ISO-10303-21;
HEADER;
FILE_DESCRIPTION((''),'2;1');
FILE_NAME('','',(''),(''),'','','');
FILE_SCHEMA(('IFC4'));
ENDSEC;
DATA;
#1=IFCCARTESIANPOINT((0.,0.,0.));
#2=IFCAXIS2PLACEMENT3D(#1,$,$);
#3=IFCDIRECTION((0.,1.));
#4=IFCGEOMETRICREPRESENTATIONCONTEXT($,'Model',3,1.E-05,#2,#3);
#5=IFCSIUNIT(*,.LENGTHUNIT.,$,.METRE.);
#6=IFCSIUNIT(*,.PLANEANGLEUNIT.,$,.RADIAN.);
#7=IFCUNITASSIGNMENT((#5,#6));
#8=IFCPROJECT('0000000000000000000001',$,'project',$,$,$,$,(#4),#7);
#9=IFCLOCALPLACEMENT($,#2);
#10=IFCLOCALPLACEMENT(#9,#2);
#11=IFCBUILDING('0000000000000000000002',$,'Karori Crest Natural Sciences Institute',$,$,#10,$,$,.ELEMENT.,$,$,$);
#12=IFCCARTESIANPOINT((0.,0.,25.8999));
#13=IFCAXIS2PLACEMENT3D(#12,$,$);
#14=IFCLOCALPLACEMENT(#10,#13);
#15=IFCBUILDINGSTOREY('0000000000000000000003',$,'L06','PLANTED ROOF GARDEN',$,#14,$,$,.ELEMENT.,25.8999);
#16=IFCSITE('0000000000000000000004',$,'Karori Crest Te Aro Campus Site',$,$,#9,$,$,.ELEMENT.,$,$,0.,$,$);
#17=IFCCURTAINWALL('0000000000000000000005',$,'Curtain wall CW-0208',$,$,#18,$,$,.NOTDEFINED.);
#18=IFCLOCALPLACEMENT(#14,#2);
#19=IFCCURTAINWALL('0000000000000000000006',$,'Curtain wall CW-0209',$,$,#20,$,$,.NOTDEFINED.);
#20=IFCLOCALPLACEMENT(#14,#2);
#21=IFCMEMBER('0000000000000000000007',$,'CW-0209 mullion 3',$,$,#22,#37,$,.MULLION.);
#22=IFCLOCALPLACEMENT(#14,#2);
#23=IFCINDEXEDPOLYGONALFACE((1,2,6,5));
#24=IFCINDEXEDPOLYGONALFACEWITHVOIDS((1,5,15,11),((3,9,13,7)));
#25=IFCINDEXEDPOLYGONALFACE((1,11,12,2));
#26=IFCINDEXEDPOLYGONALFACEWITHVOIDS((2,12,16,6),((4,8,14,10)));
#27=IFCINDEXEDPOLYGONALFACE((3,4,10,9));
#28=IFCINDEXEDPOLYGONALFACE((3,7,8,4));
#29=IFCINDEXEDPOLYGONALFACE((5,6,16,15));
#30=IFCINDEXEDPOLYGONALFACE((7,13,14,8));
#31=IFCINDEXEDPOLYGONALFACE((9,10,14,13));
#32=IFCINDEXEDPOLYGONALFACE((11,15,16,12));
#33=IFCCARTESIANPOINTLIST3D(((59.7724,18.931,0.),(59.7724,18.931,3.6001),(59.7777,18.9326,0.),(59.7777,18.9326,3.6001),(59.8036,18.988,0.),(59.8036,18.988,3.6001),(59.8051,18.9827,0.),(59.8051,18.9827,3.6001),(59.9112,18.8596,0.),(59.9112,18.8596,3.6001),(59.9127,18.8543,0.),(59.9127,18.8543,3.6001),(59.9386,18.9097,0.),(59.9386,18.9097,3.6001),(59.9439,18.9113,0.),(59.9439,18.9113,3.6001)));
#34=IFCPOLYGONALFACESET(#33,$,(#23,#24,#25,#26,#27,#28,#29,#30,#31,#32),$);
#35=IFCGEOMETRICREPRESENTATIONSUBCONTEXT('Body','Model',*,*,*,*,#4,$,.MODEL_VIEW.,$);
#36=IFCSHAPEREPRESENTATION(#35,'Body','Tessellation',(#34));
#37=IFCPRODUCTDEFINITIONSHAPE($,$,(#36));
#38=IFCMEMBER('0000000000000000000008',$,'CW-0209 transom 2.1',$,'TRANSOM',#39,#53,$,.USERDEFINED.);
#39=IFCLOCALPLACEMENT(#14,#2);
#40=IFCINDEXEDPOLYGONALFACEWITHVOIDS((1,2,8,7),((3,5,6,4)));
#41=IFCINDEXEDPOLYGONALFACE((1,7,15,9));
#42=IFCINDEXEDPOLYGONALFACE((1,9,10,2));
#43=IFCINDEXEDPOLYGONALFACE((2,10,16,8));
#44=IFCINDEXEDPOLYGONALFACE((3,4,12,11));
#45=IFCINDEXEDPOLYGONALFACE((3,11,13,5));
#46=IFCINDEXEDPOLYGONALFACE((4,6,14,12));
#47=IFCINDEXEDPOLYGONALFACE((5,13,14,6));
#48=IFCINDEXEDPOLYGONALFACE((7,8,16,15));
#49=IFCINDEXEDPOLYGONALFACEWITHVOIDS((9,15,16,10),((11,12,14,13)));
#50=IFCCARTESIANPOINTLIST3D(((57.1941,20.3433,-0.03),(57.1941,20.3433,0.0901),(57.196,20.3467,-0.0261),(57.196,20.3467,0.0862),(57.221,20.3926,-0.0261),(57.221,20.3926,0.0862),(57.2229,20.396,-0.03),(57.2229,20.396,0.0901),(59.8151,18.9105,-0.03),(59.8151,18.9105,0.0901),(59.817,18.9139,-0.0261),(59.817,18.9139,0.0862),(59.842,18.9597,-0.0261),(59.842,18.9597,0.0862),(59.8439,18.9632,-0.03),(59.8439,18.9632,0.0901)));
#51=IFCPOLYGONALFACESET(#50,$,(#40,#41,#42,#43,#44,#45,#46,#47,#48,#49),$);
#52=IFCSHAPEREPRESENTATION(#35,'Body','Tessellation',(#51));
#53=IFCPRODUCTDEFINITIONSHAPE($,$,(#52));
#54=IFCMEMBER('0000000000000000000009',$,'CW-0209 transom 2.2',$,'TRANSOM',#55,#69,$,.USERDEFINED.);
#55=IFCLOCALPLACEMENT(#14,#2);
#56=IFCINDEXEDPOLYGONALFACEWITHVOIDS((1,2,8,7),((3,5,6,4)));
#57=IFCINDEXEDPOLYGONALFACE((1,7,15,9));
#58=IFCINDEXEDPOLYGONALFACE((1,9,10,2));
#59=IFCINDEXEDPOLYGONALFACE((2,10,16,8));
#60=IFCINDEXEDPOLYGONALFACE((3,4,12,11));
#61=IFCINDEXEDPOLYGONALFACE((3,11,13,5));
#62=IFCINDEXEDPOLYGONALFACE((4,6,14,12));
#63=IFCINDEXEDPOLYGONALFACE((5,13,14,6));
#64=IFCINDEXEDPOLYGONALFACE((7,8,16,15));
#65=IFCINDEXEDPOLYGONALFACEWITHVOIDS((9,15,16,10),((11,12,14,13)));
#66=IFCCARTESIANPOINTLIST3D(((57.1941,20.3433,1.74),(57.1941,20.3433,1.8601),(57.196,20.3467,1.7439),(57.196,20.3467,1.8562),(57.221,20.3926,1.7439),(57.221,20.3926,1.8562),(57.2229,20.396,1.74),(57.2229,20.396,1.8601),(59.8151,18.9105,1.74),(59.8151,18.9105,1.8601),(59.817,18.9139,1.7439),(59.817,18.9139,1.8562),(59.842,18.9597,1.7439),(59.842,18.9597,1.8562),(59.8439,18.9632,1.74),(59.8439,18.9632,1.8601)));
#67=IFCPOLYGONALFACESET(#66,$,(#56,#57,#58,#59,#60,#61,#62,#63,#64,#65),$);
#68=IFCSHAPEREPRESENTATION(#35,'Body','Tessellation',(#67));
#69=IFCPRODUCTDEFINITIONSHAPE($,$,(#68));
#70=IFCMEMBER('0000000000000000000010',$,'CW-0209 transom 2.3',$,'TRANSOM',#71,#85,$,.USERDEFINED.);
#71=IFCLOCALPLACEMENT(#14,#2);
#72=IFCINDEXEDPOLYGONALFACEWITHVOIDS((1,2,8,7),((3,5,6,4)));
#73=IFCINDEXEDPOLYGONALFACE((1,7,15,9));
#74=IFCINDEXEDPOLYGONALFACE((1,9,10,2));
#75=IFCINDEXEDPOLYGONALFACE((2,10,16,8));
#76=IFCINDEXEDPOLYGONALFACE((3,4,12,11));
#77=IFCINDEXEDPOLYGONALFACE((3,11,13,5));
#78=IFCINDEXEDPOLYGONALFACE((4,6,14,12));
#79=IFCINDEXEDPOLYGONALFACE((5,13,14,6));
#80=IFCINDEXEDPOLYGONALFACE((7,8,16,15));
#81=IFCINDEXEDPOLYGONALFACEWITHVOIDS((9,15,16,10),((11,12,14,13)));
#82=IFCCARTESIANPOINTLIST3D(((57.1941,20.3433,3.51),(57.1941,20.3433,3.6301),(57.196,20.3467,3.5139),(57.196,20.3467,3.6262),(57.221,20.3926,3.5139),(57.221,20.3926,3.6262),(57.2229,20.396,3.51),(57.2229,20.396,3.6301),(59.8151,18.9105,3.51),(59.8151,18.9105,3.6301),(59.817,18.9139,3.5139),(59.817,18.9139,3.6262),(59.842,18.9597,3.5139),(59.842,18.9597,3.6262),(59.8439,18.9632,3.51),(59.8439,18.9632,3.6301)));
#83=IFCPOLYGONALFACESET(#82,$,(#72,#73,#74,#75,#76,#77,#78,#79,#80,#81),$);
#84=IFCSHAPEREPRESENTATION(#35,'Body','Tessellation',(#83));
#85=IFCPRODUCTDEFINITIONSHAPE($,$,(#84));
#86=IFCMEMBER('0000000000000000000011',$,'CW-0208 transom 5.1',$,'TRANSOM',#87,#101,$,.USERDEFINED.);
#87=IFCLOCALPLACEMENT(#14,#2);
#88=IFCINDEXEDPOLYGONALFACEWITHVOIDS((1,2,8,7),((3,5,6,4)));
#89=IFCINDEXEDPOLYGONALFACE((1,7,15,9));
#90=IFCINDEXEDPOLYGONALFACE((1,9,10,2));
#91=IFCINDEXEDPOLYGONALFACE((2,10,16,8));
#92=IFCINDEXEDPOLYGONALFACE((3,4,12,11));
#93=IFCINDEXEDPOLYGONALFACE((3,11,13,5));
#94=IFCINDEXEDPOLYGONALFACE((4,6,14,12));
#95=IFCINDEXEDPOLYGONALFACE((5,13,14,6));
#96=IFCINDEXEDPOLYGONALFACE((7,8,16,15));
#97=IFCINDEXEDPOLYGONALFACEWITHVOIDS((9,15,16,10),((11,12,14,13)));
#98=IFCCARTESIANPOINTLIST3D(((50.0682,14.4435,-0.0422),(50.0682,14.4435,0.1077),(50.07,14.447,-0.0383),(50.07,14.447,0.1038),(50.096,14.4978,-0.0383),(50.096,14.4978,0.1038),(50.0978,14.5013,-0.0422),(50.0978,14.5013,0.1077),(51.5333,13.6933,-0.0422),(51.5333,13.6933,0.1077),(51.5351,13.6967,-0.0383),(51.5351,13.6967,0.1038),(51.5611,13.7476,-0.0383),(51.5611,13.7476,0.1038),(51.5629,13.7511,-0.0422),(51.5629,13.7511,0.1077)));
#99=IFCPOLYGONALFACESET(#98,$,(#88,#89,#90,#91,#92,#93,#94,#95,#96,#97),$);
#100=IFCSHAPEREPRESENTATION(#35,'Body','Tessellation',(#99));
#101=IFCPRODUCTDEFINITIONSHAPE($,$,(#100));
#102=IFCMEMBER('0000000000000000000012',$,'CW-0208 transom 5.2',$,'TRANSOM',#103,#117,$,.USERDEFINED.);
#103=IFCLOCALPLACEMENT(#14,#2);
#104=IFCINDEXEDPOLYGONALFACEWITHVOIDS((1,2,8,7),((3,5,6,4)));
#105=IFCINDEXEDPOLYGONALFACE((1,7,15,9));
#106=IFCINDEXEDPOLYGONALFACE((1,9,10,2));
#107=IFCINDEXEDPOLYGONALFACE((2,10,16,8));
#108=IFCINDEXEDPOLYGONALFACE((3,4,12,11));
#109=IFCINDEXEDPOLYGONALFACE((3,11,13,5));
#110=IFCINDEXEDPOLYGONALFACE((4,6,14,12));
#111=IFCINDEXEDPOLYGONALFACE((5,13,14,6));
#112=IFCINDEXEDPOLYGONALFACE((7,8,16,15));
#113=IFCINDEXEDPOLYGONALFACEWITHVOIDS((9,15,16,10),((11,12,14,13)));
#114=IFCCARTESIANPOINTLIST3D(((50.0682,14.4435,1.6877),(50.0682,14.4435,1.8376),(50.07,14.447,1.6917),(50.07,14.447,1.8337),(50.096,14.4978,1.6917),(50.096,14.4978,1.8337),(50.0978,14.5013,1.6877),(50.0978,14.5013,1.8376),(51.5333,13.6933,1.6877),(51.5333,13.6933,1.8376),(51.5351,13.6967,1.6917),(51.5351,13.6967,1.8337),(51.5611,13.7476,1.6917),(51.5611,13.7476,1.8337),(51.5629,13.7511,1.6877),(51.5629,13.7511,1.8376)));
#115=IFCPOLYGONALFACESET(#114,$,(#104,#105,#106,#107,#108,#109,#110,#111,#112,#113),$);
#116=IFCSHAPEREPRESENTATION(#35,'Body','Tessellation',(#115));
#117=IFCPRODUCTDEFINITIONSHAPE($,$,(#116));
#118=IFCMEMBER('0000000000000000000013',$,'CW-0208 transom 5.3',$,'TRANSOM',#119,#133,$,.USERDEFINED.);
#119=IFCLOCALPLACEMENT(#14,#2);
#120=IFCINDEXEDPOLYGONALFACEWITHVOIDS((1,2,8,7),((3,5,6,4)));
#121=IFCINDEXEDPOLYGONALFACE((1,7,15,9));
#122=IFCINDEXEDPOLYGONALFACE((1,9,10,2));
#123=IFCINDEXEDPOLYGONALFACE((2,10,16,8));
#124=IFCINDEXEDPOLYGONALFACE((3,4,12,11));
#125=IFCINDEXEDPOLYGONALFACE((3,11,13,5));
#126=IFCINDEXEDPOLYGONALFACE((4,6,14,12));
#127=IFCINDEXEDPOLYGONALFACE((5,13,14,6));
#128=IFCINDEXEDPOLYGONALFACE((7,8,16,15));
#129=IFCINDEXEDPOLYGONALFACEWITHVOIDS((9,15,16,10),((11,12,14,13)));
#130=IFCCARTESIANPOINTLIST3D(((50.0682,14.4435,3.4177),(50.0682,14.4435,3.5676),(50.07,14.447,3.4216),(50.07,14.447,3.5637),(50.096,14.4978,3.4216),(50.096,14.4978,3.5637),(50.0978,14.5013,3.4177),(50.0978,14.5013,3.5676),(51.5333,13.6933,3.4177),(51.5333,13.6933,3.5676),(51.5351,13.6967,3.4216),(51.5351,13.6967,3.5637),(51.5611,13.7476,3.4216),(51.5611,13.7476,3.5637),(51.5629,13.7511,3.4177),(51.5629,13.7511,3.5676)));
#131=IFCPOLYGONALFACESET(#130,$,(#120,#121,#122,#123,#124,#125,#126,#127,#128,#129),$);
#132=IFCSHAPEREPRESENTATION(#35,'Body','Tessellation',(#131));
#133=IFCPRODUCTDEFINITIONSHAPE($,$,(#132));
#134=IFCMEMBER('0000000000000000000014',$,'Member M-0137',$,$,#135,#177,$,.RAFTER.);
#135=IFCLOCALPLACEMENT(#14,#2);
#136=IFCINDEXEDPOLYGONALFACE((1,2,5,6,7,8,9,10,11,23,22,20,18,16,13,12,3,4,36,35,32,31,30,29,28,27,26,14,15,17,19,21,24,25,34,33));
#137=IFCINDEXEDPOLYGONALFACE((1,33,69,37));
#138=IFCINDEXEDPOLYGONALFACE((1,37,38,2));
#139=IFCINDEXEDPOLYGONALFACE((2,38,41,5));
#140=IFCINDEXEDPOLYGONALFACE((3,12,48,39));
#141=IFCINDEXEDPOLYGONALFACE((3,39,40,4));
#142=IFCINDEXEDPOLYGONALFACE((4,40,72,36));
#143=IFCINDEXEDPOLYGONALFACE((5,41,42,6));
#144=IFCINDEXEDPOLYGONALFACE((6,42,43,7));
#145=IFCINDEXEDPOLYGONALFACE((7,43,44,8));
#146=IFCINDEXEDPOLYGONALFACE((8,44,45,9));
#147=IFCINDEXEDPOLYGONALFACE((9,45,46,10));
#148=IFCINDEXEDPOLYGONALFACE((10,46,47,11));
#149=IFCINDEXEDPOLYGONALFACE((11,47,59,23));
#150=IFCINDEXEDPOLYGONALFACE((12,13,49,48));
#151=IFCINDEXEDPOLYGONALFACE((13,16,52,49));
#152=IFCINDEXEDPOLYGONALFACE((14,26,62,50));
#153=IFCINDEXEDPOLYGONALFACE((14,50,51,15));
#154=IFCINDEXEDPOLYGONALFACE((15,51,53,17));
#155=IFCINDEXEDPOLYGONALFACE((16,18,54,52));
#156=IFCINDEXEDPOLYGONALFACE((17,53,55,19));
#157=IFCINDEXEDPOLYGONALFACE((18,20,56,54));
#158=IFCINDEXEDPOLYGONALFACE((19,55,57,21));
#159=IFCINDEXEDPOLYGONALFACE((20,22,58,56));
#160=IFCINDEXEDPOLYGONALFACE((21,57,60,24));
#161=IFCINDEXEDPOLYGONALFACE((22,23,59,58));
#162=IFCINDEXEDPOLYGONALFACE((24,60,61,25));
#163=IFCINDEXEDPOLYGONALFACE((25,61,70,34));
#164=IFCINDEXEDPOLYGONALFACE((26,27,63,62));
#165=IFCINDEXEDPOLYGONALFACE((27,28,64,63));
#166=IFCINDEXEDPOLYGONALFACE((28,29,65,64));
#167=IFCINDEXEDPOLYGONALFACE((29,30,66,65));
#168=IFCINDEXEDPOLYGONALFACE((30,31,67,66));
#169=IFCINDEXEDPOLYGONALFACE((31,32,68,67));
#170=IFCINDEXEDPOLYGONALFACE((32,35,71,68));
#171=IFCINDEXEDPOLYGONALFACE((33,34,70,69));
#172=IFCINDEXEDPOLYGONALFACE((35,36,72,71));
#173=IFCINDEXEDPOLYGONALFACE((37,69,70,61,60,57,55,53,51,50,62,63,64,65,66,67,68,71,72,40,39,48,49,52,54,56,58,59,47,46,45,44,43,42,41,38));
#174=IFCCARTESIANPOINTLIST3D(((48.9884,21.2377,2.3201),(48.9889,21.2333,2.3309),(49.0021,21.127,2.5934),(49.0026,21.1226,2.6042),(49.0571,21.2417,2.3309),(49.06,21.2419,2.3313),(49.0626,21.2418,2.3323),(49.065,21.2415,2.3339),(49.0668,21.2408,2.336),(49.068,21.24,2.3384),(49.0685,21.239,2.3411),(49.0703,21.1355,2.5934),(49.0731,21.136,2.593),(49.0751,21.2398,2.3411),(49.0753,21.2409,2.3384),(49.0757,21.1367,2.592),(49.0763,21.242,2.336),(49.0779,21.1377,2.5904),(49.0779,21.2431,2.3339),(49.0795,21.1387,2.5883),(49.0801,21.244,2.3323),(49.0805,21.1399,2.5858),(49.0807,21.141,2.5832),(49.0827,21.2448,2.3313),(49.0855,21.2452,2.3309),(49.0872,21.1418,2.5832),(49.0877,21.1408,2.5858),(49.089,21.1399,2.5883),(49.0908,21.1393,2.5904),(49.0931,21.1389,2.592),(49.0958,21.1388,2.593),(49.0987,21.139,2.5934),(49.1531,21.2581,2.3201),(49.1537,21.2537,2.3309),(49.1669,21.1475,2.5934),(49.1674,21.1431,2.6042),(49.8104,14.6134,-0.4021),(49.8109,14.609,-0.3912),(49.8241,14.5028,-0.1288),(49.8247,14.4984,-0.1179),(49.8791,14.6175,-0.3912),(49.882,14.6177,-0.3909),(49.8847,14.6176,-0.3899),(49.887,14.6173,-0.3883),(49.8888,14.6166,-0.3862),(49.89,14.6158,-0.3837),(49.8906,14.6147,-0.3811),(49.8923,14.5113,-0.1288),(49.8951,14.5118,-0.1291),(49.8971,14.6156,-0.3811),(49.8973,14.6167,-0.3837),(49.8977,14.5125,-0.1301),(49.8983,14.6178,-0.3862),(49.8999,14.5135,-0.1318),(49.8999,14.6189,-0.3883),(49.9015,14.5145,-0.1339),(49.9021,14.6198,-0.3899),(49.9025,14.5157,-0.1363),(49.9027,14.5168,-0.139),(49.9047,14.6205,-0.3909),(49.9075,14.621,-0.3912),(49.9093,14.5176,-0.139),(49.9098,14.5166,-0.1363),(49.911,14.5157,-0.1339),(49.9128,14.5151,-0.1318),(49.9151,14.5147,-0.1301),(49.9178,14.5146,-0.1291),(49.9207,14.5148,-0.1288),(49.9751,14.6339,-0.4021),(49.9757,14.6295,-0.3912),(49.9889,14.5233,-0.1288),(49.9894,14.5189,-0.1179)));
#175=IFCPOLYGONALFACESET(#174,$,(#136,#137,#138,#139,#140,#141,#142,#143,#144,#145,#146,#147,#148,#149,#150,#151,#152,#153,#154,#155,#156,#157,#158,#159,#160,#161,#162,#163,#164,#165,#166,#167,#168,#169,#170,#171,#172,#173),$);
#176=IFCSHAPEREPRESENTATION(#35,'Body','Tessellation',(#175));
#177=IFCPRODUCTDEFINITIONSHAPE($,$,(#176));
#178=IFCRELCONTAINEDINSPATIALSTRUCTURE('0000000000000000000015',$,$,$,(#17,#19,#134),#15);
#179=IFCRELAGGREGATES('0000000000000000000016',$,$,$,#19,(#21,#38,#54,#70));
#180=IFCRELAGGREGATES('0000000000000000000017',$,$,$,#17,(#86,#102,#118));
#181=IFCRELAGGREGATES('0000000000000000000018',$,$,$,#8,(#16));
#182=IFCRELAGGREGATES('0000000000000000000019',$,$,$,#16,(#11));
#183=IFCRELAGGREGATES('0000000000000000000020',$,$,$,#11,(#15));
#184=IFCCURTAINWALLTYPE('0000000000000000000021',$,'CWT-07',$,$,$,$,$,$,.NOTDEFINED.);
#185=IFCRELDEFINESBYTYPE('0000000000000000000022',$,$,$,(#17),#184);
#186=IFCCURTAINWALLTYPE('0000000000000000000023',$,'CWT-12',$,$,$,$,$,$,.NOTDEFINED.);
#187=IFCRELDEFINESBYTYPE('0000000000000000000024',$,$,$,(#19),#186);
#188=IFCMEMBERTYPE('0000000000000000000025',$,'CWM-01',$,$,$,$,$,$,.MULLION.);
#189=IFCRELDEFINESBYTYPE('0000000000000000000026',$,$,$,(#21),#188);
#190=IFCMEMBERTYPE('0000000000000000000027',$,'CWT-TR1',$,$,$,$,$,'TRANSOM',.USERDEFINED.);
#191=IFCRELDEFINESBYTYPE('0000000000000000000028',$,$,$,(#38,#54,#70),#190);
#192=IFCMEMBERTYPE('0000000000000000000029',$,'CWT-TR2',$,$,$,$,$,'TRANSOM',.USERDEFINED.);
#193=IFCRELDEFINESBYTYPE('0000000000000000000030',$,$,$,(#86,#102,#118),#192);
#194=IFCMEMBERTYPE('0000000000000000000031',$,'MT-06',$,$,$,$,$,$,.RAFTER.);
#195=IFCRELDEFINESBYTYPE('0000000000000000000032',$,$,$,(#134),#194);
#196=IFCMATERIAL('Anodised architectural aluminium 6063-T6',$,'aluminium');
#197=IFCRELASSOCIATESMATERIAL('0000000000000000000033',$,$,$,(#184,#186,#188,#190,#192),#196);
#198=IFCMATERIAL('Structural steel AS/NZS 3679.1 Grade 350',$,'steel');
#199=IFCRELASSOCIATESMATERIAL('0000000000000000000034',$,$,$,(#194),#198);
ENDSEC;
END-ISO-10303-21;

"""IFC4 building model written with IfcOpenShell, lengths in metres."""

from ifc_helpers import new_model, si_unit, direction, frame, origin, origin_2d, place, context, subcontext, project, spatial, hollow_rectangle, i_section, extrude, material, material_profile, profile_set, type_object, element, aggregate, save


model = new_model("IFC4")

# Units and contexts
model_context = context("Model", 3, precision=1e-05, world=origin(), true_north=direction((0.0, 1.0)))
body_context = subcontext(model_context, "Body", "Model", "MODEL_VIEW")
ifc_project = project(units=[si_unit("LENGTHUNIT", "METRE"), si_unit("PLANEANGLEUNIT", "RADIAN")], contexts=[model_context])

# Site, building, storey
site_placement = place(None, origin())
site = spatial("IfcSite", under=ifc_project, at=site_placement, Name="Karori Crest Te Aro Campus Site", CompositionType="ELEMENT", RefElevation=0.0)
building_placement = place(site_placement, origin())
building = spatial("IfcBuilding", under=site, at=building_placement, Name="Karori Crest Natural Sciences Institute", CompositionType="ELEMENT")
storey_placement = place(building_placement, frame((0.0, 0.0, 25.8999)))
storey = spatial("IfcBuildingStorey", under=building, at=storey_placement, Name="L06", Description="PLANTED ROOF GARDEN", CompositionType="ELEMENT", Elevation=25.8999)

# Shared definitions
ifc_material_1 = material(Name="Structural steel AS/NZS 3679.1 Grade 350", Category="steel")

# Curtain walls, members
ifc_material_2 = material(Name="Anodised architectural aluminium 6063-T6", Category="aluminium")
curtain_wall_type_1 = type_object("IfcCurtainWallType", Name="CWT-07", PredefinedType="NOTDEFINED", material=ifc_material_2)
curtain_wall_1_placement = place(storey_placement, origin())
curtain_wall_1 = element("IfcCurtainWall", 1, at=curtain_wall_1_placement, inside=storey, type_object=curtain_wall_type_1, Name="Curtain wall CW-0208", PredefinedType="NOTDEFINED")
ifc_material_profile_1 = material_profile(ifc_material_2, hollow_rectangle(XDim=0.0649, YDim=0.1599, WallThickness=0.0039, at=origin_2d()), Name="CWM160x65x4")
ifc_profile_set_1 = profile_set([ifc_material_profile_1], Name="Anodised architectural aluminium 6063-T6")
member_type_1 = type_object("IfcMemberType", Name="CWM-01", PredefinedType="MULLION", material=ifc_profile_set_1)
curtain_wall_type_2 = type_object("IfcCurtainWallType", Name="CWT-12", PredefinedType="NOTDEFINED", material=ifc_material_2)
curtain_wall_2_placement = place(storey_placement, origin())
curtain_wall_2 = element("IfcCurtainWall", 2, at=curtain_wall_2_placement, inside=storey, type_object=curtain_wall_type_2, Name="Curtain wall CW-0209", PredefinedType="NOTDEFINED")
member_1_placement = place(storey_placement, frame((59.8582, 18.9211, 0.0), z_axis=(0.0, 0.0, 1.0), x_axis=(0.479631, 0.87747, 0.0)))
member_1 = element("IfcMember", 3, at=member_1_placement, type_object=member_type_1, Name="CW-0209 mullion 3", PredefinedType="MULLION", context=body_context, shape_type="SweptSolid", body=[
    extrude(hollow_rectangle(XDim=0.0649, YDim=0.1599, WallThickness=0.0039, at=origin_2d()), origin(), (0.0, 0.0, 1.0), 3.6001),
])
ifc_material_profile_2 = material_profile(ifc_material_2, hollow_rectangle(XDim=0.0601, YDim=0.1201, WallThickness=0.0039, at=origin_2d()), Name="CWT120x60x4")
ifc_profile_set_2 = profile_set([ifc_material_profile_2], Name="Anodised architectural aluminium 6063-T6")
member_type_2 = type_object("IfcMemberType", Name="CWT-TR1", ElementType="TRANSOM", PredefinedType="USERDEFINED", material=ifc_profile_set_2)
member_2_placement = place(storey_placement, frame((57.2085, 20.3696, 0.03), z_axis=(0.877449, -0.479671, 0.0), x_axis=(0.479671, 0.877449, 0.0)))
member_2 = element("IfcMember", 4, at=member_2_placement, type_object=member_type_2, Name="CW-0209 transom 2.1", ObjectType="TRANSOM", PredefinedType="USERDEFINED", context=body_context, shape_type="SweptSolid", body=[
    extrude(hollow_rectangle(XDim=0.0601, YDim=0.1201, WallThickness=0.0039, at=origin_2d()), origin(), (0.0, 0.0, 1.0), 2.9871),
])
member_3_placement = place(storey_placement, frame((57.2085, 20.3696, 1.8), z_axis=(0.877449, -0.479671, 0.0), x_axis=(0.479671, 0.877449, 0.0)))
member_3 = element("IfcMember", 5, at=member_3_placement, type_object=member_type_2, Name="CW-0209 transom 2.2", ObjectType="TRANSOM", PredefinedType="USERDEFINED", context=body_context, shape_type="SweptSolid", body=[
    extrude(hollow_rectangle(XDim=0.0601, YDim=0.1201, WallThickness=0.0039, at=origin_2d()), origin(), (0.0, 0.0, 1.0), 2.9871),
])
member_4_placement = place(storey_placement, frame((57.2085, 20.3696, 3.5701), z_axis=(0.877449, -0.479671, 0.0), x_axis=(0.479671, 0.877449, 0.0)))
member_4 = element("IfcMember", 6, at=member_4_placement, type_object=member_type_2, Name="CW-0209 transom 2.3", ObjectType="TRANSOM", PredefinedType="USERDEFINED", context=body_context, shape_type="SweptSolid", body=[
    extrude(hollow_rectangle(XDim=0.0601, YDim=0.1201, WallThickness=0.0039, at=origin_2d()), origin(), (0.0, 0.0, 1.0), 2.9871),
])

# Members
ifc_material_profile_3 = material_profile(ifc_material_2, hollow_rectangle(XDim=0.0649, YDim=0.1499, WallThickness=0.0039, at=origin_2d()), Name="CWT150x65x4")
ifc_profile_set_3 = profile_set([ifc_material_profile_3], Name="Anodised architectural aluminium 6063-T6")
member_type_3 = type_object("IfcMemberType", Name="CWT-TR2", ElementType="TRANSOM", PredefinedType="USERDEFINED", material=ifc_profile_set_3)
member_5_placement = place(storey_placement, frame((51.5481, 13.7222, 0.0327), z_axis=(-0.890084, 0.455796, 0.0), x_axis=(-0.455796, -0.890084, 0.0)))
member_5 = element("IfcMember", 7, at=member_5_placement, type_object=member_type_3, Name="CW-0208 transom 5.1", ObjectType="TRANSOM", PredefinedType="USERDEFINED", context=body_context, shape_type="SweptSolid", body=[
    extrude(hollow_rectangle(XDim=0.0649, YDim=0.1499, WallThickness=0.0039, at=origin_2d()), origin(), (0.0, 0.0, 1.0), 1.646),
])
member_6_placement = place(storey_placement, frame((51.5481, 13.7222, 1.7627), z_axis=(-0.890084, 0.455796, 0.0), x_axis=(-0.455796, -0.890084, 0.0)))
member_6 = element("IfcMember", 8, at=member_6_placement, type_object=member_type_3, Name="CW-0208 transom 5.2", ObjectType="TRANSOM", PredefinedType="USERDEFINED", context=body_context, shape_type="SweptSolid", body=[
    extrude(hollow_rectangle(XDim=0.0649, YDim=0.1499, WallThickness=0.0039, at=origin_2d()), origin(), (0.0, 0.0, 1.0), 1.646),
])
member_7_placement = place(storey_placement, frame((51.5481, 13.7222, 3.4927), z_axis=(-0.890084, 0.455796, 0.0), x_axis=(-0.455796, -0.890084, 0.0)))
member_7 = element("IfcMember", 9, at=member_7_placement, type_object=member_type_3, Name="CW-0208 transom 5.3", ObjectType="TRANSOM", PredefinedType="USERDEFINED", context=body_context, shape_type="SweptSolid", body=[
    extrude(hollow_rectangle(XDim=0.0649, YDim=0.1499, WallThickness=0.0039, at=origin_2d()), origin(), (0.0, 0.0, 1.0), 1.646),
])
ifc_material_profile_4 = material_profile(ifc_material_1, i_section(OverallWidth=0.166, OverallDepth=0.3069, WebThickness=0.0066, FlangeThickness=0.0117, FilletRadius=0.011, at=origin_2d()), Name="310UB46.2")
ifc_profile_set_4 = profile_set([ifc_material_profile_4], Name="Structural steel AS/NZS 3679.1 Grade 350")
member_type_4 = type_object("IfcMemberType", Name="MT-06", PredefinedType="RAFTER", material=ifc_profile_set_4)
member_8_placement = place(storey_placement, frame((49.8999, 14.5662, -0.26), z_axis=(-0.11403, 0.918914, 0.377617), x_axis=(-0.992388, -0.123148, 0.0)))
element("IfcMember", 10, at=member_8_placement, inside=storey, type_object=member_type_4, Name="Member M-0137", PredefinedType="RAFTER", context=body_context, shape_type="SweptSolid", body=[
    extrude(i_section(OverallWidth=0.166, OverallDepth=0.3069, WebThickness=0.0066, FlangeThickness=0.0117, FilletRadius=0.011, at=origin_2d()), origin(), (0.0, 0.0, 1.0), 7.2087),
])

aggregate(curtain_wall_2, [member_1, member_2, member_3, member_4])
aggregate(curtain_wall_1, [member_5, member_6, member_7])

save(model, "model.ifc")
